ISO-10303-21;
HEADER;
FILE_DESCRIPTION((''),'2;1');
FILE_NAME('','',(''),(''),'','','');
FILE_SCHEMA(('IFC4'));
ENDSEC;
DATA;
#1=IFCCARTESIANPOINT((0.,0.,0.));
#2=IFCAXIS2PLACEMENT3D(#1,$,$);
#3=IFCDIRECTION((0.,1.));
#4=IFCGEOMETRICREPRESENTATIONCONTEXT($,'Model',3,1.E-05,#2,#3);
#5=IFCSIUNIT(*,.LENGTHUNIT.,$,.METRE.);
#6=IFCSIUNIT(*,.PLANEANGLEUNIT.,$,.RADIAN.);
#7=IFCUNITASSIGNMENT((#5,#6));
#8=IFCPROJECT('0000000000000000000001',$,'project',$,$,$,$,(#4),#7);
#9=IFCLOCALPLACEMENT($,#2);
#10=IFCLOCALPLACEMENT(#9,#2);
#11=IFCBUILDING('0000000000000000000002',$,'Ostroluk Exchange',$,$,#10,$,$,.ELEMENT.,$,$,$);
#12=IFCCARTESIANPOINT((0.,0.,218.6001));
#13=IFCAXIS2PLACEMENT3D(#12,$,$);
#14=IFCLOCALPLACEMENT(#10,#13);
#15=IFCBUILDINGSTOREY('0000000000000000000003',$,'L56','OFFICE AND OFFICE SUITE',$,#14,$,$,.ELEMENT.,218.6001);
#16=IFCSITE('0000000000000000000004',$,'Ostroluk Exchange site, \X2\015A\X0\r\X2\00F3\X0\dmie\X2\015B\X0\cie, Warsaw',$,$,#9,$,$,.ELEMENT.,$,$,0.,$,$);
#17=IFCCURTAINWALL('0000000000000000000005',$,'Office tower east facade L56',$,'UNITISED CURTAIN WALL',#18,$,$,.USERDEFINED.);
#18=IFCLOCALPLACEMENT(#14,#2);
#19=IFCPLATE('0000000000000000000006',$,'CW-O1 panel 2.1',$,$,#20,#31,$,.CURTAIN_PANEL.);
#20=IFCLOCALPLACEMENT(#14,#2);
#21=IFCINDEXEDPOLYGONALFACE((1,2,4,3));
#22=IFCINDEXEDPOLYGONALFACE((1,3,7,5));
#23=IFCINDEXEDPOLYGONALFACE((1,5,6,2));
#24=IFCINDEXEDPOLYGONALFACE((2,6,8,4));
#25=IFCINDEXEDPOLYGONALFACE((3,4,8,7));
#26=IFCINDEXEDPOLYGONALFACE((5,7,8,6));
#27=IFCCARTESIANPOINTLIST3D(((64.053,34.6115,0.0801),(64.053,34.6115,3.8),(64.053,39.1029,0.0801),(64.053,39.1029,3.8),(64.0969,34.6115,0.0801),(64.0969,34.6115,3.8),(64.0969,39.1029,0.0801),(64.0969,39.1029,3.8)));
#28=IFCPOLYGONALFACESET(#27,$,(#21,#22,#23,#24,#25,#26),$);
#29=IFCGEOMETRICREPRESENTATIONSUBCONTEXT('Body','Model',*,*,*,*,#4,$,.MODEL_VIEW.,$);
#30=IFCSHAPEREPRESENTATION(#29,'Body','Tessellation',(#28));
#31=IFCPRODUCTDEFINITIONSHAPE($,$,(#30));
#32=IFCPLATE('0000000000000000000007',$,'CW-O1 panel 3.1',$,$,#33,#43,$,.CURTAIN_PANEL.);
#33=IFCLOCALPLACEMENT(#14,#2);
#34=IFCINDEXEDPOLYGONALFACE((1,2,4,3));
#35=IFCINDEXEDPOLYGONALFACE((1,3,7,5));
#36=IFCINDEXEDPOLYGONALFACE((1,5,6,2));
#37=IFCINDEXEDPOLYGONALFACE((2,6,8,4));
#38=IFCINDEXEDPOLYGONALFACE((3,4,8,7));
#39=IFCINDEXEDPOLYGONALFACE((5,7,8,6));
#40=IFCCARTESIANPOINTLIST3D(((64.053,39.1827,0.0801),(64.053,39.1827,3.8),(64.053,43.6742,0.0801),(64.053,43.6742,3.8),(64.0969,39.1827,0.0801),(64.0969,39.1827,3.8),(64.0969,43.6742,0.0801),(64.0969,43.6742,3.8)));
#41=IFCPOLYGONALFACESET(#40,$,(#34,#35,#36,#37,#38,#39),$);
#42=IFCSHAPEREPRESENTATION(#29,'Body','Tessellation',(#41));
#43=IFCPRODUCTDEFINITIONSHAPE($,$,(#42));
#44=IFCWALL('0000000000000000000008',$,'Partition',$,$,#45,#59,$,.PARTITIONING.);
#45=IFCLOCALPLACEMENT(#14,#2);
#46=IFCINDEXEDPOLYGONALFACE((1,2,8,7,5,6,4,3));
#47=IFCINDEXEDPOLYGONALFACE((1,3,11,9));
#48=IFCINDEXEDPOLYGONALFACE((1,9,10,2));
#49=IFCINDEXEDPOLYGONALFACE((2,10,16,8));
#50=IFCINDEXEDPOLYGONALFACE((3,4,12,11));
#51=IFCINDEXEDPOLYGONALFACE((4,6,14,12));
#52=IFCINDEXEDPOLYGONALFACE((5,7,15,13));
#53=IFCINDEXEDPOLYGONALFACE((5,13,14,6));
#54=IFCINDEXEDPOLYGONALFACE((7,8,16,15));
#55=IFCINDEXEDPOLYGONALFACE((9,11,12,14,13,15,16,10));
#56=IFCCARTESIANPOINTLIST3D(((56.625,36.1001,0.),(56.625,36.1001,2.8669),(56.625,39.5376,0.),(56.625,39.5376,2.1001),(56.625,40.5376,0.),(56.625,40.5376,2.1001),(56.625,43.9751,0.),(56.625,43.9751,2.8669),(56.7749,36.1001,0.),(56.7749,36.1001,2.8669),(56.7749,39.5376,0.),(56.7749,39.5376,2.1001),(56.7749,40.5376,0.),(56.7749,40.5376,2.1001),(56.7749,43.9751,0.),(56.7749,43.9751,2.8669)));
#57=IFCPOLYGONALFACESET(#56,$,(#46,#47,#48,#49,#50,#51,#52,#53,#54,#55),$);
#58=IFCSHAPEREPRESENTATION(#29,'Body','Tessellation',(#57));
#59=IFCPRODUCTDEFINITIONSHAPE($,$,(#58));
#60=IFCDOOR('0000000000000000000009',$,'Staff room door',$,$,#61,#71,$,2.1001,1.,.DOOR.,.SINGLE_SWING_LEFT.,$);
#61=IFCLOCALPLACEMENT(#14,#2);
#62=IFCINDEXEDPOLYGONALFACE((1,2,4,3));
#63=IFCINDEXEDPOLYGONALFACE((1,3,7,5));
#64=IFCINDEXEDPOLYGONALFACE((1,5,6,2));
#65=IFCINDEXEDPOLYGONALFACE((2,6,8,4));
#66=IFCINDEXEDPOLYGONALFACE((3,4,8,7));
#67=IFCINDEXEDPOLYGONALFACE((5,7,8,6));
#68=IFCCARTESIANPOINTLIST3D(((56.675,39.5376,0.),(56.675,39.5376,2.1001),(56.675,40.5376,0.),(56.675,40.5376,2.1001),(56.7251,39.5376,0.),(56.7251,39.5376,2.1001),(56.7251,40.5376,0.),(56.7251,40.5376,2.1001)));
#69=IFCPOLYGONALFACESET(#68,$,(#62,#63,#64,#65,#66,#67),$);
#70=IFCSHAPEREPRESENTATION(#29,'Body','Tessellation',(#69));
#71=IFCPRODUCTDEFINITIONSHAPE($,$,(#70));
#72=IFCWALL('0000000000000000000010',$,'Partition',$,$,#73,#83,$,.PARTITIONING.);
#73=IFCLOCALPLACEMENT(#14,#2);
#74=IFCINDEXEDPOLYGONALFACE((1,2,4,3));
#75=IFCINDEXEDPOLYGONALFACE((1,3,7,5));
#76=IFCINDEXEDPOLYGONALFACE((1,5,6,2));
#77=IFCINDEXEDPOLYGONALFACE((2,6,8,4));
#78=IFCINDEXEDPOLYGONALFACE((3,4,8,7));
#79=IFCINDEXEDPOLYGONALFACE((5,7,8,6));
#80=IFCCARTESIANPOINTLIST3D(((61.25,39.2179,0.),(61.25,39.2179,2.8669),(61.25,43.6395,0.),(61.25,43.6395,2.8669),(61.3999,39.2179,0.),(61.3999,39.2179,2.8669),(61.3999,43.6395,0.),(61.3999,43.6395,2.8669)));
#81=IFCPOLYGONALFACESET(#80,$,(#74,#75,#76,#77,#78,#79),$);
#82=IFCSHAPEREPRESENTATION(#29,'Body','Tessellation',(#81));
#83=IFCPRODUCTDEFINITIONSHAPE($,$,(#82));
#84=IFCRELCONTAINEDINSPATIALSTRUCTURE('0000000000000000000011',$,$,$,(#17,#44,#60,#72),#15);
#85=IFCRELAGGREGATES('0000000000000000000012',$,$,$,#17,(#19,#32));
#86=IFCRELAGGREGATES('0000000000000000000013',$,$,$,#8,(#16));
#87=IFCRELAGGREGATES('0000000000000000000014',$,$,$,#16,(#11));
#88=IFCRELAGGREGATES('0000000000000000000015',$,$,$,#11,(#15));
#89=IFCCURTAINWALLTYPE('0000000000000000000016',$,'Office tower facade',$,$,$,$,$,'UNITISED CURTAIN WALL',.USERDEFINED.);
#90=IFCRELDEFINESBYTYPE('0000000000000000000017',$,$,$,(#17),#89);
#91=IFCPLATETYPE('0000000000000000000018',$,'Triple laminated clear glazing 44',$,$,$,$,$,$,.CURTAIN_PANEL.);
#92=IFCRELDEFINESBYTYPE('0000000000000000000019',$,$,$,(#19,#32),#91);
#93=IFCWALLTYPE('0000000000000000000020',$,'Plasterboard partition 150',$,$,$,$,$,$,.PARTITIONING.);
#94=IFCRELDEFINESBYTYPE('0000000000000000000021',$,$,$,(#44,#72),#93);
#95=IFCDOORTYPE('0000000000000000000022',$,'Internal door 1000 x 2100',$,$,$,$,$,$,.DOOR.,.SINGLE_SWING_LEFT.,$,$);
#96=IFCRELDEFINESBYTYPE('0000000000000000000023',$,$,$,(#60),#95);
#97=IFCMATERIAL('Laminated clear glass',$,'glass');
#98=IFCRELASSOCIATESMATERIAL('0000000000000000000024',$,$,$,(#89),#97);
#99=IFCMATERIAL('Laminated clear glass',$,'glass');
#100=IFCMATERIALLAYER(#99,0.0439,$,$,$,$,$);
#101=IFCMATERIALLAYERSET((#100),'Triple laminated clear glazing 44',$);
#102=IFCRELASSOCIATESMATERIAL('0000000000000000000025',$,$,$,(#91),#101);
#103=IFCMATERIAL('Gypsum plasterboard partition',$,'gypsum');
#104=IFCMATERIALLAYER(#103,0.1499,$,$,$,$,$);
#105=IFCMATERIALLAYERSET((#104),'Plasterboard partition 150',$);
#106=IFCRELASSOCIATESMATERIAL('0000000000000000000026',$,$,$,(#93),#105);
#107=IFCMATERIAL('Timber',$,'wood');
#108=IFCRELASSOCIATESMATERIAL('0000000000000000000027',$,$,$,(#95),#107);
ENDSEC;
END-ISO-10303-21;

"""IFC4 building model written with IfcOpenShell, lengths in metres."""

from ifc_helpers import new_model, si_unit, direction, frame, frame_2d, origin, origin_2d, place, context, subcontext, project, spatial, rectangle, extrude, material, layer, layer_set, type_object, element, fill, aggregate, save


model = new_model("IFC4")

# Units and contexts
model_context = context("Model", 3, precision=1e-05, world=origin(), true_north=direction((0.0, 1.0)))
body_context = subcontext(model_context, "Body", "Model", "MODEL_VIEW")
ifc_project = project(units=[si_unit("LENGTHUNIT", "METRE"), si_unit("PLANEANGLEUNIT", "RADIAN")], contexts=[model_context])

# Site, building, storey
site_placement = place(None, origin())
site = spatial("IfcSite", under=ifc_project, at=site_placement, Name="Ostroluk Exchange site, Śródmieście, Warsaw", CompositionType="ELEMENT", RefElevation=0.0)
building_placement = place(site_placement, origin())
building = spatial("IfcBuilding", under=site, at=building_placement, Name="Ostroluk Exchange", CompositionType="ELEMENT")
storey_placement = place(building_placement, frame((0.0, 0.0, 218.6001)))
storey = spatial("IfcBuildingStorey", under=building, at=storey_placement, Name="L56", Description="OFFICE AND OFFICE SUITE", CompositionType="ELEMENT", Elevation=218.6001)

# Curtain wall, plates
ifc_material_1 = material(Name="Laminated clear glass", Category="glass")
curtain_wall_type = type_object("IfcCurtainWallType", Name="Office tower facade", ElementType="UNITISED CURTAIN WALL", PredefinedType="USERDEFINED", material=ifc_material_1)
curtain_wall_placement = place(storey_placement, origin())
curtain_wall = element("IfcCurtainWall", 1, at=curtain_wall_placement, inside=storey, type_object=curtain_wall_type, Name="Office tower east facade L56", ObjectType="UNITISED CURTAIN WALL", PredefinedType="USERDEFINED")
ifc_material_2 = material(Name="Laminated clear glass", Category="glass")
ifc_layer_1 = layer(ifc_material_2, 0.0439)
ifc_layer_set_1 = layer_set([ifc_layer_1], Name="Triple laminated clear glazing 44")
plate_type = type_object("IfcPlateType", Name="Triple laminated clear glazing 44", PredefinedType="CURTAIN_PANEL", material=ifc_layer_set_1)
plate_1_placement = place(storey_placement, frame((64.075, 36.8572, 0.0801), z_axis=(0.0, 0.0, 1.0), x_axis=(0.0, 1.0, 0.0)))
plate_1 = element("IfcPlate", 2, at=plate_1_placement, type_object=plate_type, Name="CW-O1 panel 2.1", PredefinedType="CURTAIN_PANEL", context=body_context, shape_type="SweptSolid", body=[
    extrude(rectangle(XDim=4.4915, YDim=0.0439, at=origin_2d()), origin(), (0.0, 0.0, 1.0), 3.72),
])
plate_2_placement = place(storey_placement, frame((64.075, 41.4285, 0.0801), z_axis=(0.0, 0.0, 1.0), x_axis=(0.0, 1.0, 0.0)))
plate_2 = element("IfcPlate", 3, at=plate_2_placement, type_object=plate_type, Name="CW-O1 panel 3.1", PredefinedType="CURTAIN_PANEL", context=body_context, shape_type="SweptSolid", body=[
    extrude(rectangle(XDim=4.4915, YDim=0.0439, at=origin_2d()), origin(), (0.0, 0.0, 1.0), 3.72),
])
aggregate(curtain_wall, [plate_1, plate_2])

# Wall, opening, door
ifc_material_3 = material(Name="Gypsum plasterboard partition", Category="gypsum")
ifc_layer_2 = layer(ifc_material_3, 0.1499)
ifc_layer_set_2 = layer_set([ifc_layer_2], Name="Plasterboard partition 150")
wall_type = type_object("IfcWallType", Name="Plasterboard partition 150", PredefinedType="PARTITIONING", material=ifc_layer_set_2)
wall_1_placement = place(storey_placement, frame((56.7, 36.1001, 0.0), z_axis=(0.0, 0.0, 1.0), x_axis=(0.0, 1.0, 0.0)))
wall_1 = element("IfcWall", 4, at=wall_1_placement, inside=storey, type_object=wall_type, Name="Partition", PredefinedType="PARTITIONING", context=body_context, shape_type="SweptSolid", body=[
    extrude(rectangle(XDim=7.875, YDim=0.1499, at=frame_2d((3.9375, 0.0))), origin(), (0.0, 0.0, 1.0), 2.8669),
])
opening_1_placement = place(wall_1_placement, frame((3.4375, 0.0, 0.0)))
opening_1 = element("IfcOpeningElement", 5, at=opening_1_placement, cuts=wall_1, PredefinedType="OPENING", context=body_context, shape_type="SweptSolid", body=[
    extrude(rectangle(XDim=1.0, YDim=2.1001, at=frame_2d((0.5, 1.05))), frame((0.0, 0.085, 0.0), z_axis=(0.0, -1.0, 0.0), x_axis=(1.0, 0.0, 0.0)), (0.0, 0.0, 1.0), 0.1699),
])
ifc_material_4 = material(Name="Timber", Category="wood")
door_type = type_object("IfcDoorType", Name="Internal door 1000 x 2100", OperationType="SINGLE_SWING_LEFT", PredefinedType="DOOR", material=ifc_material_4)
door_1_placement = place(opening_1_placement, origin())
door_1 = element("IfcDoor", 6, at=door_1_placement, inside=storey, type_object=door_type, Name="Staff room door", OperationType="SINGLE_SWING_LEFT", OverallHeight=2.1001, OverallWidth=1.0, PredefinedType="DOOR", context=body_context, shape_type="SweptSolid", body=[
    extrude(rectangle(XDim=1.0, YDim=2.1001, at=frame_2d((0.5, 1.05))), frame((0.0, 0.0249, 0.0), z_axis=(0.0, -1.0, 0.0), x_axis=(1.0, 0.0, 0.0)), (0.0, 0.0, 1.0), 0.05),
])
fill(opening_1, door_1)

# Wall
wall_2_placement = place(storey_placement, frame((61.325, 39.2178, 0.0), z_axis=(0.0, 0.0, 1.0), x_axis=(0.0, 1.0, 0.0)))
element("IfcWall", 7, at=wall_2_placement, inside=storey, type_object=wall_type, Name="Partition", PredefinedType="PARTITIONING", context=body_context, shape_type="SweptSolid", body=[
    extrude(rectangle(XDim=4.4216, YDim=0.1499, at=frame_2d((2.2109, 0.0))), origin(), (0.0, 0.0, 1.0), 2.8669),
])

save(model, "model.ifc")
